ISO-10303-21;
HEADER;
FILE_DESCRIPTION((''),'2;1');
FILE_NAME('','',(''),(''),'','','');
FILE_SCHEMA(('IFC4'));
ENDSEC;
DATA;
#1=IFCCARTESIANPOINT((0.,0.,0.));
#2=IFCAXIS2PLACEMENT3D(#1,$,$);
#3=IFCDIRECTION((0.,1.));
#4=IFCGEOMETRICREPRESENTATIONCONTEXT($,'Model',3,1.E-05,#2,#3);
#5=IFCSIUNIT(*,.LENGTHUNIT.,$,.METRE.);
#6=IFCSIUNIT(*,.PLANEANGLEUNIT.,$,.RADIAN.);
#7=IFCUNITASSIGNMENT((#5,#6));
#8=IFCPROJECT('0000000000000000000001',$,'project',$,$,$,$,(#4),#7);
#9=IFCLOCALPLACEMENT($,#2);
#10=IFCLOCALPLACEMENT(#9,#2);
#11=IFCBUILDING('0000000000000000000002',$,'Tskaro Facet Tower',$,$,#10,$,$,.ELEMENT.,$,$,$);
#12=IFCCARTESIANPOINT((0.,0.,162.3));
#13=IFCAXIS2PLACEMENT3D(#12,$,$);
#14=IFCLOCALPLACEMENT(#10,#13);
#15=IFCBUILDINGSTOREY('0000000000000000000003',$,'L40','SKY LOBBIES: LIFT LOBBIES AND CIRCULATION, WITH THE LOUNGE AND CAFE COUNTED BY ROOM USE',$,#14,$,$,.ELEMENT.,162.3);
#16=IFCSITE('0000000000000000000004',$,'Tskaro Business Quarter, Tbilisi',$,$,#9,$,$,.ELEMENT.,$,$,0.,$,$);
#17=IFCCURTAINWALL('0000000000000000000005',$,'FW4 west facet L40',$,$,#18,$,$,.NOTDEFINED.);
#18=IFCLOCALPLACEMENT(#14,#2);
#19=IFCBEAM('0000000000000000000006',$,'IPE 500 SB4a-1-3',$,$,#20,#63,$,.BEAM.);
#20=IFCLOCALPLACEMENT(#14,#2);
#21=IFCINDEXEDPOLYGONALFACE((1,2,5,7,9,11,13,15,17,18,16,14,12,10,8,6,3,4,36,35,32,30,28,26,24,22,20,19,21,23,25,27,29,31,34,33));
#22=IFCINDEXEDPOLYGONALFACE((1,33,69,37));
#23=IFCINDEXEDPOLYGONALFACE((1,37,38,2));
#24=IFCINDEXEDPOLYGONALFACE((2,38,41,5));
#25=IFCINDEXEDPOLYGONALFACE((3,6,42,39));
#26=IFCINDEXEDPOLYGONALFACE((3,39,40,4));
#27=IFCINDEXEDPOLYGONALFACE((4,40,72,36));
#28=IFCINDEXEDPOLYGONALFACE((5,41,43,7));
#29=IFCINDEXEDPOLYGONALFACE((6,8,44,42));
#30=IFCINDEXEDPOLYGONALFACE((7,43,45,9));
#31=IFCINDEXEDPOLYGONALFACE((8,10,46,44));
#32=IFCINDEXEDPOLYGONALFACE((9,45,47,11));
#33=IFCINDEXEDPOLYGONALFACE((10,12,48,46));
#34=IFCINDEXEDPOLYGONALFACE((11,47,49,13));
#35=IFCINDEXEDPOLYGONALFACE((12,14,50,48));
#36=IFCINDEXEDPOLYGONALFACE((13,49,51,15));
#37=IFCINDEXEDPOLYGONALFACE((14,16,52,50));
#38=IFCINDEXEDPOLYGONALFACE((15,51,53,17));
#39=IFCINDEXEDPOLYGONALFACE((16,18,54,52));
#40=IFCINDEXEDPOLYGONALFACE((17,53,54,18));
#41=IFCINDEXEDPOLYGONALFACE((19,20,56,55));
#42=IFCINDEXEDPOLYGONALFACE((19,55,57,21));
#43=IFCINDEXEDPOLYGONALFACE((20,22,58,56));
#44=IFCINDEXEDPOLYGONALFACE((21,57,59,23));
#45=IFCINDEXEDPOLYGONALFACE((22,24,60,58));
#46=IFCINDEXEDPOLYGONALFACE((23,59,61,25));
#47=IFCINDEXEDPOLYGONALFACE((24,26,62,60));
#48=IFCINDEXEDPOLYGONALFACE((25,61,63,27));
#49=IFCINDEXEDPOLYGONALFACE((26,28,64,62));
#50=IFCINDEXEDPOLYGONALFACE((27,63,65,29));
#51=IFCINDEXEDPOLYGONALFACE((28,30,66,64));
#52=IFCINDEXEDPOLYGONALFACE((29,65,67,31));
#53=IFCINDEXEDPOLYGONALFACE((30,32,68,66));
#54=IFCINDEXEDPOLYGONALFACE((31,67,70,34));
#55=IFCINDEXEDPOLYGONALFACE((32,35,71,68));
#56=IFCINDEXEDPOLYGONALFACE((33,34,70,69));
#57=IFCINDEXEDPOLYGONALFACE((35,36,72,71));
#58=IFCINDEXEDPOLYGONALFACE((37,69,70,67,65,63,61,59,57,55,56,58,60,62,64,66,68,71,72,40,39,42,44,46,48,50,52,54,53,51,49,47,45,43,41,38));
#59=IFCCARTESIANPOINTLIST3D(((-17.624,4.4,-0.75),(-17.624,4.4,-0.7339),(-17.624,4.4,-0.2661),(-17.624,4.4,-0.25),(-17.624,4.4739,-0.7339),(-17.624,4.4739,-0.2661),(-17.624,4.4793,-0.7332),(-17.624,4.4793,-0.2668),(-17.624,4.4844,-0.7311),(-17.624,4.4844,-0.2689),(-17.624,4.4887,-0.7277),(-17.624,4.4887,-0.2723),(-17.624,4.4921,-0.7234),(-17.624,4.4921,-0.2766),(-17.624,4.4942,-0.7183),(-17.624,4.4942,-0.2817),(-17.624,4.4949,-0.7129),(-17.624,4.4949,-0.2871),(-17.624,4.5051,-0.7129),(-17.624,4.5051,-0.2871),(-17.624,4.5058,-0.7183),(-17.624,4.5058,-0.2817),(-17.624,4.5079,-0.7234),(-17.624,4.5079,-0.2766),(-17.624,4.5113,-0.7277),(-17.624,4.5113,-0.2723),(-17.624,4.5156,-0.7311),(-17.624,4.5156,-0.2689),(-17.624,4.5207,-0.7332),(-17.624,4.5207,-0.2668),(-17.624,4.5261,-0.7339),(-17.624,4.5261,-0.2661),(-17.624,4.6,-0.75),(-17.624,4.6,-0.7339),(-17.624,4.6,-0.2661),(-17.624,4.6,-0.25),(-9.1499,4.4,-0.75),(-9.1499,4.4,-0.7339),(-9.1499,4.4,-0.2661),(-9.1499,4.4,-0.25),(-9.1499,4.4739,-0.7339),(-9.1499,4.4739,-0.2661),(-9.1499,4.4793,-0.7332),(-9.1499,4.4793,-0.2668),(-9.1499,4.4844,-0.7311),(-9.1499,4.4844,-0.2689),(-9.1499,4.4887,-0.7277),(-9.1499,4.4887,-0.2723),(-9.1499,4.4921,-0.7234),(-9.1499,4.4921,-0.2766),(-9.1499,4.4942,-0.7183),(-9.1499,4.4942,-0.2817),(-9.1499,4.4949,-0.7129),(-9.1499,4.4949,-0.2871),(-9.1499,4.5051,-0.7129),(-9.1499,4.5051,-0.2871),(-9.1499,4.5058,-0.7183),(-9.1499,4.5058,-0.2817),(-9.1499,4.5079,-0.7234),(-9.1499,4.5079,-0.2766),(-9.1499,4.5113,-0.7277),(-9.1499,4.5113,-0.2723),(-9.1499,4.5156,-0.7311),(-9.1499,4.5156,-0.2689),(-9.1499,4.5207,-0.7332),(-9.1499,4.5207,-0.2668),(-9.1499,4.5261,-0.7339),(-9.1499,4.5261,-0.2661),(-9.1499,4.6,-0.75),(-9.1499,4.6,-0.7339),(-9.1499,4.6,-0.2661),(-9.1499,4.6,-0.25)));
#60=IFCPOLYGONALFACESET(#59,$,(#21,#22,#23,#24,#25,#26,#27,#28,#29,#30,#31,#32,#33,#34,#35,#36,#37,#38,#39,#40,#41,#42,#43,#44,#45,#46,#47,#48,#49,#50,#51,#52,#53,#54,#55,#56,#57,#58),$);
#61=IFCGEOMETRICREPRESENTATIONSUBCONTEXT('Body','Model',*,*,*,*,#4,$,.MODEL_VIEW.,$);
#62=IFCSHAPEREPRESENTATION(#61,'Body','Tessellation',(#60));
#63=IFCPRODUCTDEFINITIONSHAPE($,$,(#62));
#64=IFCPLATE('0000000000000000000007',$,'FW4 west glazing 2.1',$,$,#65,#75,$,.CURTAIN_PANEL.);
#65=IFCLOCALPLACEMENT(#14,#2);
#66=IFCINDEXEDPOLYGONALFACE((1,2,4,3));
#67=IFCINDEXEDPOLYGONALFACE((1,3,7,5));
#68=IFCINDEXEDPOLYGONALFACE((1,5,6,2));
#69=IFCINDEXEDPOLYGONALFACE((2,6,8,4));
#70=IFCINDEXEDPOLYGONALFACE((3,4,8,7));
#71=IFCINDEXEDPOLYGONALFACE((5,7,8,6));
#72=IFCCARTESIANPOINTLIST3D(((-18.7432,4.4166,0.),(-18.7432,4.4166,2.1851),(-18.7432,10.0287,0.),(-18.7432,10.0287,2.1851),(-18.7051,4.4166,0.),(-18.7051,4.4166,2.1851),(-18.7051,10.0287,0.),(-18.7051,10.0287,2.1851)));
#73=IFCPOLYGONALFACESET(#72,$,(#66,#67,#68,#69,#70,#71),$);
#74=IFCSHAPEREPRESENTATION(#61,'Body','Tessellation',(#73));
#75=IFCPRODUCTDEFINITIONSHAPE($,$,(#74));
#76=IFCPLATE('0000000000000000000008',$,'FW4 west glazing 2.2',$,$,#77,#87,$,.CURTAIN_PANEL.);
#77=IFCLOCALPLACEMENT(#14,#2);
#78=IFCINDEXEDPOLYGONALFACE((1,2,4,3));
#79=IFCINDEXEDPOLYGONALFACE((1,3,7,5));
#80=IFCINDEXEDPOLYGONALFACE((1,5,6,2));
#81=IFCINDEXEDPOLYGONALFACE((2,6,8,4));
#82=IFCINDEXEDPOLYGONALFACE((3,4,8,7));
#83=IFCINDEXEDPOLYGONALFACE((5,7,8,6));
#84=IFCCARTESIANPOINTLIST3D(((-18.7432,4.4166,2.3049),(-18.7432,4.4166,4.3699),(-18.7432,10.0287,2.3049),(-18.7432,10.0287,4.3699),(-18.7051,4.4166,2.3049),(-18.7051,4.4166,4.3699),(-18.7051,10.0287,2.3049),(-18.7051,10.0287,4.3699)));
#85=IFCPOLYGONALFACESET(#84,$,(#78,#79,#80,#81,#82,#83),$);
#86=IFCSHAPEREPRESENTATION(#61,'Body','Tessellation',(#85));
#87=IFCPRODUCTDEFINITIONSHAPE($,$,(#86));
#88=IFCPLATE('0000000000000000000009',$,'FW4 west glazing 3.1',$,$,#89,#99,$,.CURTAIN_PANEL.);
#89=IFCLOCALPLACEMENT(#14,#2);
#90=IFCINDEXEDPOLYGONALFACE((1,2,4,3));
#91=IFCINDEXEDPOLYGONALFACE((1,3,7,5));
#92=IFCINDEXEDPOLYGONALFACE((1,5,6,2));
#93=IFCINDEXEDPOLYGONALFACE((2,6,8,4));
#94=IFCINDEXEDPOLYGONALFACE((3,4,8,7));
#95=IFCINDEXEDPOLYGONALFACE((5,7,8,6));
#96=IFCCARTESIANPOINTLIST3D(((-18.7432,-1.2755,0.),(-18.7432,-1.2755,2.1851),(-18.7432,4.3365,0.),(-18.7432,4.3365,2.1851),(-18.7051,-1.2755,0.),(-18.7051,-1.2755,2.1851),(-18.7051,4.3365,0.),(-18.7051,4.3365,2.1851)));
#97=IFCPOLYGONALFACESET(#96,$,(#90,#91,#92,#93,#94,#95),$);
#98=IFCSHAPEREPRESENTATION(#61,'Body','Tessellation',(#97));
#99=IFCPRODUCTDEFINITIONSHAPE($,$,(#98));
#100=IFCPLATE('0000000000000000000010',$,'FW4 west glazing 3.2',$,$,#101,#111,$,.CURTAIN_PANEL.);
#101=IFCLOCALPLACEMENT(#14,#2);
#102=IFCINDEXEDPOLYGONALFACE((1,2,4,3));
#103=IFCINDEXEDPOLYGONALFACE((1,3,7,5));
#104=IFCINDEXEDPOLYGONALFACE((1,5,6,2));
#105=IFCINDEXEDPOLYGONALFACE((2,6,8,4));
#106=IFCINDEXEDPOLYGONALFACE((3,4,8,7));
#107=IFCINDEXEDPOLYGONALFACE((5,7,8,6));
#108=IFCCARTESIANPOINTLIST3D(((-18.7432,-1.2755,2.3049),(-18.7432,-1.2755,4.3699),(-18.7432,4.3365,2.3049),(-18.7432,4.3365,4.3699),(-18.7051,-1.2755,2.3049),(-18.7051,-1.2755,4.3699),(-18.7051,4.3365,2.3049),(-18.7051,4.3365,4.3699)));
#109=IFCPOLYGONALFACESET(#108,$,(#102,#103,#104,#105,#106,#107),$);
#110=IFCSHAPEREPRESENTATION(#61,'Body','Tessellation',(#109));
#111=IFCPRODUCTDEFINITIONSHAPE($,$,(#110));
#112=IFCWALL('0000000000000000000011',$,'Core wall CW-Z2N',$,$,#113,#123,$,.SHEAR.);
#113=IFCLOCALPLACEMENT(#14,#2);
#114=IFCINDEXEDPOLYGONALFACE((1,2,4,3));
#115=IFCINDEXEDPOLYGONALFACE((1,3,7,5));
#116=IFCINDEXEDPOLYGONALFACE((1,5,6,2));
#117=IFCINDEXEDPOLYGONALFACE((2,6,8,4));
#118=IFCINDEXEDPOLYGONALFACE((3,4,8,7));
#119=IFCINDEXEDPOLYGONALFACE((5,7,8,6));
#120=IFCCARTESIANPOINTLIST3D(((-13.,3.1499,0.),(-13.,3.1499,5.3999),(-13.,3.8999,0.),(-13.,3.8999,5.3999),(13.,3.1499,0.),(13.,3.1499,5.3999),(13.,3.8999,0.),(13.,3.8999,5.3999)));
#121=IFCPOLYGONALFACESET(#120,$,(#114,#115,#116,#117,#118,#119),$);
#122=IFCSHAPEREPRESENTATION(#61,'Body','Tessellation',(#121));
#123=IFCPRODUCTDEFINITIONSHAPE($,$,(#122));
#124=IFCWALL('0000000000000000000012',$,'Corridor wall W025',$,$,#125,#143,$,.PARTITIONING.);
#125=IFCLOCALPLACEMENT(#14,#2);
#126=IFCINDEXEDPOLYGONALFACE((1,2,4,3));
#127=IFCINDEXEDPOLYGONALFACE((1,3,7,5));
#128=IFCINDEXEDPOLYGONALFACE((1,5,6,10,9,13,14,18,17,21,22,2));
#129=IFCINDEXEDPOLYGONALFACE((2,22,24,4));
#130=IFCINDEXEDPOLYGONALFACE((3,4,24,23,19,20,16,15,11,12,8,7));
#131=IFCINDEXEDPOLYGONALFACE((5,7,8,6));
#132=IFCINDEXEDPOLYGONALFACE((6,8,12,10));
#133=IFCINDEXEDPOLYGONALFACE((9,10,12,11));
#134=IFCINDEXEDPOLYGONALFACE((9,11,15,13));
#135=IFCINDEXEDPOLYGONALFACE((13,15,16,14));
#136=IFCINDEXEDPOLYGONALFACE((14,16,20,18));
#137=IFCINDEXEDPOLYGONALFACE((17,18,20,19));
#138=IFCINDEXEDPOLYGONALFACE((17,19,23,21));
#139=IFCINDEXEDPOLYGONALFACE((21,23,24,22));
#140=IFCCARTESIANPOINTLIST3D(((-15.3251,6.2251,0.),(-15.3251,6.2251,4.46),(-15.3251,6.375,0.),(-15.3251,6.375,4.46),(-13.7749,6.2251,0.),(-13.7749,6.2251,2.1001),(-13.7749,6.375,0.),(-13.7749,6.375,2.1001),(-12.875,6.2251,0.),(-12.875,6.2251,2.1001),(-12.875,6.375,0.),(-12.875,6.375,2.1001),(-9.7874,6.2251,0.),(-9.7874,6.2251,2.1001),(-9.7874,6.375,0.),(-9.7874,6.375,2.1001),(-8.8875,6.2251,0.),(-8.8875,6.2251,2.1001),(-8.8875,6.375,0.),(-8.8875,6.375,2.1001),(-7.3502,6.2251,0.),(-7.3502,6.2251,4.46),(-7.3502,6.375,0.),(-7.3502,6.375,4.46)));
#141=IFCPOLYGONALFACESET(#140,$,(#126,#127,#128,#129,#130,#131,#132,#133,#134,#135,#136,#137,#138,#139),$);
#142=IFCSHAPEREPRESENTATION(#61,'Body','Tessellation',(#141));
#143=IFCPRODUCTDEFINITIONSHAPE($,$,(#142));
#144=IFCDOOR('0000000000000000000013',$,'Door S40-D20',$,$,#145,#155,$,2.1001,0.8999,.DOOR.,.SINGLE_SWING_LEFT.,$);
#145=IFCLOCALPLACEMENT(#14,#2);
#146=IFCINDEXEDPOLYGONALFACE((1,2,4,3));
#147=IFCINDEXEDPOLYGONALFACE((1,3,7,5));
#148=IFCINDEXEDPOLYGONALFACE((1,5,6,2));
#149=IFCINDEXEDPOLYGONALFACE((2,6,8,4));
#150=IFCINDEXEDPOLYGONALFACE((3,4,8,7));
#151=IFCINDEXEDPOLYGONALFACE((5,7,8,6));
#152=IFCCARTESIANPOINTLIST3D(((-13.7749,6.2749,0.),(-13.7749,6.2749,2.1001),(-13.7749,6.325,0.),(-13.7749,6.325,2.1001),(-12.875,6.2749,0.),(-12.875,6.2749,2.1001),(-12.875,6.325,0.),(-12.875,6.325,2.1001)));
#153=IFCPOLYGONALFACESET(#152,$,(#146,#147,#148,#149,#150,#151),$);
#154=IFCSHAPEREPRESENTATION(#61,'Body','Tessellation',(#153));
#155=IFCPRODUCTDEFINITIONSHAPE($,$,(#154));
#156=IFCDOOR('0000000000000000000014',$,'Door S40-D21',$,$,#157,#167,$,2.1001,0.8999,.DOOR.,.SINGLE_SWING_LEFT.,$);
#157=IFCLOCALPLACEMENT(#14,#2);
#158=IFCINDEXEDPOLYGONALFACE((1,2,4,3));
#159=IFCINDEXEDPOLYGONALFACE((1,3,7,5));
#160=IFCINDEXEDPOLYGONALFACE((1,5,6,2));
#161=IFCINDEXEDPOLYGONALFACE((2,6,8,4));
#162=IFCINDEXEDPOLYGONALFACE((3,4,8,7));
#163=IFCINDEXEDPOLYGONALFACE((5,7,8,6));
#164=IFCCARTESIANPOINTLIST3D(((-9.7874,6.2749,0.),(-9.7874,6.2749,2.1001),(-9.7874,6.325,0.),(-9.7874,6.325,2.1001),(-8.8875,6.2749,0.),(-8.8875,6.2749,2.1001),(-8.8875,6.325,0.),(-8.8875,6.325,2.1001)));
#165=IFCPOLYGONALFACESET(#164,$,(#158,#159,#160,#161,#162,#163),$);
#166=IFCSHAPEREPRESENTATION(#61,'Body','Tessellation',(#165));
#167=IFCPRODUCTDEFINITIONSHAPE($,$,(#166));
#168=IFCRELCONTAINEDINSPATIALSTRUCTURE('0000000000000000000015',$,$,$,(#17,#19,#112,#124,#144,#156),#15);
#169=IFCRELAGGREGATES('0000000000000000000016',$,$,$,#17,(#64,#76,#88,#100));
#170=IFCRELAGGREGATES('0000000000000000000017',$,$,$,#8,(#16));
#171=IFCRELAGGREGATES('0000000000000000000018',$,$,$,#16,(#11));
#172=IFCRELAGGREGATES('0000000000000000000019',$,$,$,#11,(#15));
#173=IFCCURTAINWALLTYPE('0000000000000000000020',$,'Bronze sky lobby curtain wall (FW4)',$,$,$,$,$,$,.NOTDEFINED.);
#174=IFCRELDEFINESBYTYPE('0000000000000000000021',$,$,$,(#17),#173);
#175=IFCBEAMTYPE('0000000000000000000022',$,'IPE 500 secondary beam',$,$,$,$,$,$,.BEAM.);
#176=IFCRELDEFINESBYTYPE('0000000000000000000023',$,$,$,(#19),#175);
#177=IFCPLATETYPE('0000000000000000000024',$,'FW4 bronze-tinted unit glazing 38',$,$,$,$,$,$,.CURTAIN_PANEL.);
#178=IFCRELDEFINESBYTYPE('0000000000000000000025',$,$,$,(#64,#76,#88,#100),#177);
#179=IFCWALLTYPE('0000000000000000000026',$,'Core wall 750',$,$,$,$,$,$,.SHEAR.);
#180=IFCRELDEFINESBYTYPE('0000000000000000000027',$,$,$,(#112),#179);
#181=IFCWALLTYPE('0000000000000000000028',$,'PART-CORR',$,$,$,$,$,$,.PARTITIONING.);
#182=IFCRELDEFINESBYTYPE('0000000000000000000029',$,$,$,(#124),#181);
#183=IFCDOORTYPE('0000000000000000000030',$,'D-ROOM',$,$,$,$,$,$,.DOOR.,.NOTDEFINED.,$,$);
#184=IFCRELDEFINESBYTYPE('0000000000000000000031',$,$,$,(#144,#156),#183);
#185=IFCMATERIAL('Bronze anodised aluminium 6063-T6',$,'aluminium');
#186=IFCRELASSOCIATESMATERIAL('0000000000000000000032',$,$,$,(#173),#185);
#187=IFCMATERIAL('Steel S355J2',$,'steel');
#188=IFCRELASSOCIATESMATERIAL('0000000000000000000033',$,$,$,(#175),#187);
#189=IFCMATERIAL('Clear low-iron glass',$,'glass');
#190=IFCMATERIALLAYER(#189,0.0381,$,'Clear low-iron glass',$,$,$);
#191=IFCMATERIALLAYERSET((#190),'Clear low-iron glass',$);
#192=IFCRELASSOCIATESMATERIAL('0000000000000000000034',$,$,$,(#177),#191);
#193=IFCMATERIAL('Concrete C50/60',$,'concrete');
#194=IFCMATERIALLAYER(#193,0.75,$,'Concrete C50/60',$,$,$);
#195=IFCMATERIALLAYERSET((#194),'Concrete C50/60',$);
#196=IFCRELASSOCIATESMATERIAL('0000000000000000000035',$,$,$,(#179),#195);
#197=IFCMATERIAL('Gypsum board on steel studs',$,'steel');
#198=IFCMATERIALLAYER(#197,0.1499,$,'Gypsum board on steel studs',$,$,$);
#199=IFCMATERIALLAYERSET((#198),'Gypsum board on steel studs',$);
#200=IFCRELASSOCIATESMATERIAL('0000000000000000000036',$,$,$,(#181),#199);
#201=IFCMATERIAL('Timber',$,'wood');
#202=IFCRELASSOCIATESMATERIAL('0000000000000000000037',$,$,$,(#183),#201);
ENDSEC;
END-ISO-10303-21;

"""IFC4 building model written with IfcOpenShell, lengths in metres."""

from ifc_helpers import new_model, si_unit, direction, frame, frame_2d, origin, origin_2d, place, context, subcontext, project, spatial, rectangle, i_section, extrude, material, layer, layer_set, material_profile, profile_set, type_object, element, fill, aggregate, save


model = new_model("IFC4")

# Units and contexts
model_context = context("Model", 3, precision=1e-05, world=origin(), true_north=direction((0.0, 1.0)))
body_context = subcontext(model_context, "Body", "Model", "MODEL_VIEW")
ifc_project = project(units=[si_unit("LENGTHUNIT", "METRE"), si_unit("PLANEANGLEUNIT", "RADIAN")], contexts=[model_context])

# Site, building, storey
site_placement = place(None, origin())
site = spatial("IfcSite", under=ifc_project, at=site_placement, Name="Tskaro Business Quarter, Tbilisi", CompositionType="ELEMENT", RefElevation=0.0)
building_placement = place(site_placement, origin())
building = spatial("IfcBuilding", under=site, at=building_placement, Name="Tskaro Facet Tower", CompositionType="ELEMENT")
storey_placement = place(building_placement, frame((0.0, 0.0, 162.3)))
storey = spatial("IfcBuildingStorey", under=building, at=storey_placement, Name="L40", Description="SKY LOBBIES: LIFT LOBBIES AND CIRCULATION, WITH THE LOUNGE AND CAFE COUNTED BY ROOM USE", CompositionType="ELEMENT", Elevation=162.3)

# Curtain wall
ifc_material_1 = material(Name="Bronze anodised aluminium 6063-T6", Category="aluminium")
curtain_wall_type = type_object("IfcCurtainWallType", Name="Bronze sky lobby curtain wall (FW4)", PredefinedType="NOTDEFINED", material=ifc_material_1)
curtain_wall_placement = place(storey_placement, origin())
curtain_wall = element("IfcCurtainWall", 1, at=curtain_wall_placement, inside=storey, type_object=curtain_wall_type, Name="FW4 west facet L40", PredefinedType="NOTDEFINED")

# Beam
ifc_material_2 = material(Name="Steel S355J2", Category="steel")
ifc_material_profile_1 = material_profile(ifc_material_2, i_section(OverallWidth=0.2, OverallDepth=0.5, WebThickness=0.0103, FlangeThickness=0.0161, FilletRadius=0.021, at=origin_2d()), Name="IPE 500")
ifc_profile_set_1 = profile_set([ifc_material_profile_1], Name="Steel S355J2")
beam_type_1 = type_object("IfcBeamType", Name="IPE 500 secondary beam", PredefinedType="BEAM", material=ifc_profile_set_1)
beam_1_placement = place(storey_placement, frame((-17.624, 4.5, -0.5), z_axis=(1.0, 0.0, 0.0), x_axis=(0.0, 1.0, 0.0)))
element("IfcBeam", 2, at=beam_1_placement, inside=storey, type_object=beam_type_1, Name="IPE 500 SB4a-1-3", PredefinedType="BEAM", context=body_context, shape_type="SweptSolid", body=[
    extrude(i_section(OverallWidth=0.2, OverallDepth=0.5, WebThickness=0.0103, FlangeThickness=0.0161, FilletRadius=0.021, at=origin_2d()), origin(), (0.0, 0.0, 1.0), 8.4741),
])

# Plates
ifc_material_3 = material(Name="Clear low-iron glass", Category="glass")
ifc_layer_1 = layer(ifc_material_3, 0.0381, Name="Clear low-iron glass")
ifc_layer_set_1 = layer_set([ifc_layer_1], Name="Clear low-iron glass")
plate_type = type_object("IfcPlateType", Name="FW4 bronze-tinted unit glazing 38", PredefinedType="CURTAIN_PANEL", material=ifc_layer_set_1)
plate_1_placement = place(storey_placement, frame((-18.7241, 7.2227, 0.0), z_axis=(0.0, 0.0, 1.0), x_axis=(0.0, -1.0, 0.0)))
plate_1 = element("IfcPlate", 3, at=plate_1_placement, type_object=plate_type, Name="FW4 west glazing 2.1", PredefinedType="CURTAIN_PANEL", context=body_context, shape_type="SweptSolid", body=[
    extrude(rectangle(XDim=5.6121, YDim=0.0381, at=origin_2d()), origin(), (0.0, 0.0, 1.0), 2.1851),
])
plate_2_placement = place(storey_placement, frame((-18.7241, 7.2227, 2.3049), z_axis=(0.0, 0.0, 1.0), x_axis=(0.0, -1.0, 0.0)))
plate_2 = element("IfcPlate", 4, at=plate_2_placement, type_object=plate_type, Name="FW4 west glazing 2.2", PredefinedType="CURTAIN_PANEL", context=body_context, shape_type="SweptSolid", body=[
    extrude(rectangle(XDim=5.6121, YDim=0.0381, at=origin_2d()), origin(), (0.0, 0.0, 1.0), 2.0649),
])
plate_3_placement = place(storey_placement, frame((-18.7241, 1.5305, 0.0), z_axis=(0.0, 0.0, 1.0), x_axis=(0.0, -1.0, 0.0)))
plate_3 = element("IfcPlate", 5, at=plate_3_placement, type_object=plate_type, Name="FW4 west glazing 3.1", PredefinedType="CURTAIN_PANEL", context=body_context, shape_type="SweptSolid", body=[
    extrude(rectangle(XDim=5.6121, YDim=0.0381, at=origin_2d()), origin(), (0.0, 0.0, 1.0), 2.1851),
])
plate_4_placement = place(storey_placement, frame((-18.7241, 1.5305, 2.3049), z_axis=(0.0, 0.0, 1.0), x_axis=(0.0, -1.0, 0.0)))
plate_4 = element("IfcPlate", 6, at=plate_4_placement, type_object=plate_type, Name="FW4 west glazing 3.2", PredefinedType="CURTAIN_PANEL", context=body_context, shape_type="SweptSolid", body=[
    extrude(rectangle(XDim=5.6121, YDim=0.0381, at=origin_2d()), origin(), (0.0, 0.0, 1.0), 2.0649),
])
aggregate(curtain_wall, [plate_1, plate_2, plate_3, plate_4])

# Wall
ifc_material_4 = material(Name="Concrete C50/60", Category="concrete")
ifc_layer_2 = layer(ifc_material_4, 0.75, Name="Concrete C50/60")
ifc_layer_set_2 = layer_set([ifc_layer_2], Name="Concrete C50/60")
wall_type_1 = type_object("IfcWallType", Name="Core wall 750", PredefinedType="SHEAR", material=ifc_layer_set_2)
wall_1_placement = place(storey_placement, frame((-13.0, 3.5249, 0.0), z_axis=(0.0, 0.0, 1.0), x_axis=(1.0, 0.0, 0.0)))
element("IfcWall", 7, at=wall_1_placement, inside=storey, type_object=wall_type_1, Name="Core wall CW-Z2N", PredefinedType="SHEAR", context=body_context, shape_type="SweptSolid", body=[
    extrude(rectangle(XDim=26.0, YDim=0.75, at=frame_2d((13.0, 0.0))), origin(), (0.0, 0.0, 1.0), 5.3999),
])

# Wall, openings, doors
ifc_material_5 = material(Name="Gypsum board on steel studs", Category="steel")
ifc_layer_3 = layer(ifc_material_5, 0.1499, Name="Gypsum board on steel studs")
ifc_layer_set_3 = layer_set([ifc_layer_3], Name="Gypsum board on steel studs")
wall_type_2 = type_object("IfcWallType", Name="PART-CORR", PredefinedType="PARTITIONING", material=ifc_layer_set_3)
wall_2_placement = place(storey_placement, frame((-15.325, 6.3, 0.0), z_axis=(0.0, 0.0, 1.0), x_axis=(1.0, 0.0, 0.0)))
wall_2 = element("IfcWall", 8, at=wall_2_placement, inside=storey, type_object=wall_type_2, Name="Corridor wall W025", PredefinedType="PARTITIONING", context=body_context, shape_type="SweptSolid", body=[
    extrude(rectangle(XDim=7.9749, YDim=0.1499, at=frame_2d((3.9873, 0.0))), origin(), (0.0, 0.0, 1.0), 4.46),
])
opening_1_placement = place(wall_2_placement, frame((1.55, 0.0, 0.0)))
opening_1 = element("IfcOpeningElement", 9, at=opening_1_placement, cuts=wall_2, PredefinedType="OPENING", context=body_context, shape_type="SweptSolid", body=[
    extrude(rectangle(XDim=0.8999, YDim=2.1001, at=frame_2d((0.45, 1.05))), frame((0.0, 0.085, 0.0), z_axis=(0.0, -1.0, 0.0), x_axis=(1.0, 0.0, 0.0)), (0.0, 0.0, 1.0), 0.1699),
])
opening_2_placement = place(wall_2_placement, frame((5.5376, 0.0, 0.0)))
opening_2 = element("IfcOpeningElement", 10, at=opening_2_placement, cuts=wall_2, PredefinedType="OPENING", context=body_context, shape_type="SweptSolid", body=[
    extrude(rectangle(XDim=0.8999, YDim=2.1001, at=frame_2d((0.45, 1.05))), frame((0.0, 0.085, 0.0), z_axis=(0.0, -1.0, 0.0), x_axis=(1.0, 0.0, 0.0)), (0.0, 0.0, 1.0), 0.1699),
])
ifc_material_6 = material(Name="Timber", Category="wood")
door_type = type_object("IfcDoorType", Name="D-ROOM", OperationType="NOTDEFINED", PredefinedType="DOOR", material=ifc_material_6)
door_1_placement = place(opening_1_placement, origin())
door_1 = element("IfcDoor", 11, at=door_1_placement, inside=storey, type_object=door_type, Name="Door S40-D20", OperationType="SINGLE_SWING_LEFT", OverallHeight=2.1001, OverallWidth=0.8999, PredefinedType="DOOR", context=body_context, shape_type="SweptSolid", body=[
    extrude(rectangle(XDim=0.8999, YDim=2.1001, at=frame_2d((0.45, 1.05))), frame((0.0, 0.0249, 0.0), z_axis=(0.0, -1.0, 0.0), x_axis=(1.0, 0.0, 0.0)), (0.0, 0.0, 1.0), 0.05),
])
fill(opening_1, door_1)
door_2_placement = place(opening_2_placement, origin())
door_2 = element("IfcDoor", 12, at=door_2_placement, inside=storey, type_object=door_type, Name="Door S40-D21", OperationType="SINGLE_SWING_LEFT", OverallHeight=2.1001, OverallWidth=0.8999, PredefinedType="DOOR", context=body_context, shape_type="SweptSolid", body=[
    extrude(rectangle(XDim=0.8999, YDim=2.1001, at=frame_2d((0.45, 1.05))), frame((0.0, 0.0249, 0.0), z_axis=(0.0, -1.0, 0.0), x_axis=(1.0, 0.0, 0.0)), (0.0, 0.0, 1.0), 0.05),
])
fill(opening_2, door_2)

save(model, "model.ifc")
